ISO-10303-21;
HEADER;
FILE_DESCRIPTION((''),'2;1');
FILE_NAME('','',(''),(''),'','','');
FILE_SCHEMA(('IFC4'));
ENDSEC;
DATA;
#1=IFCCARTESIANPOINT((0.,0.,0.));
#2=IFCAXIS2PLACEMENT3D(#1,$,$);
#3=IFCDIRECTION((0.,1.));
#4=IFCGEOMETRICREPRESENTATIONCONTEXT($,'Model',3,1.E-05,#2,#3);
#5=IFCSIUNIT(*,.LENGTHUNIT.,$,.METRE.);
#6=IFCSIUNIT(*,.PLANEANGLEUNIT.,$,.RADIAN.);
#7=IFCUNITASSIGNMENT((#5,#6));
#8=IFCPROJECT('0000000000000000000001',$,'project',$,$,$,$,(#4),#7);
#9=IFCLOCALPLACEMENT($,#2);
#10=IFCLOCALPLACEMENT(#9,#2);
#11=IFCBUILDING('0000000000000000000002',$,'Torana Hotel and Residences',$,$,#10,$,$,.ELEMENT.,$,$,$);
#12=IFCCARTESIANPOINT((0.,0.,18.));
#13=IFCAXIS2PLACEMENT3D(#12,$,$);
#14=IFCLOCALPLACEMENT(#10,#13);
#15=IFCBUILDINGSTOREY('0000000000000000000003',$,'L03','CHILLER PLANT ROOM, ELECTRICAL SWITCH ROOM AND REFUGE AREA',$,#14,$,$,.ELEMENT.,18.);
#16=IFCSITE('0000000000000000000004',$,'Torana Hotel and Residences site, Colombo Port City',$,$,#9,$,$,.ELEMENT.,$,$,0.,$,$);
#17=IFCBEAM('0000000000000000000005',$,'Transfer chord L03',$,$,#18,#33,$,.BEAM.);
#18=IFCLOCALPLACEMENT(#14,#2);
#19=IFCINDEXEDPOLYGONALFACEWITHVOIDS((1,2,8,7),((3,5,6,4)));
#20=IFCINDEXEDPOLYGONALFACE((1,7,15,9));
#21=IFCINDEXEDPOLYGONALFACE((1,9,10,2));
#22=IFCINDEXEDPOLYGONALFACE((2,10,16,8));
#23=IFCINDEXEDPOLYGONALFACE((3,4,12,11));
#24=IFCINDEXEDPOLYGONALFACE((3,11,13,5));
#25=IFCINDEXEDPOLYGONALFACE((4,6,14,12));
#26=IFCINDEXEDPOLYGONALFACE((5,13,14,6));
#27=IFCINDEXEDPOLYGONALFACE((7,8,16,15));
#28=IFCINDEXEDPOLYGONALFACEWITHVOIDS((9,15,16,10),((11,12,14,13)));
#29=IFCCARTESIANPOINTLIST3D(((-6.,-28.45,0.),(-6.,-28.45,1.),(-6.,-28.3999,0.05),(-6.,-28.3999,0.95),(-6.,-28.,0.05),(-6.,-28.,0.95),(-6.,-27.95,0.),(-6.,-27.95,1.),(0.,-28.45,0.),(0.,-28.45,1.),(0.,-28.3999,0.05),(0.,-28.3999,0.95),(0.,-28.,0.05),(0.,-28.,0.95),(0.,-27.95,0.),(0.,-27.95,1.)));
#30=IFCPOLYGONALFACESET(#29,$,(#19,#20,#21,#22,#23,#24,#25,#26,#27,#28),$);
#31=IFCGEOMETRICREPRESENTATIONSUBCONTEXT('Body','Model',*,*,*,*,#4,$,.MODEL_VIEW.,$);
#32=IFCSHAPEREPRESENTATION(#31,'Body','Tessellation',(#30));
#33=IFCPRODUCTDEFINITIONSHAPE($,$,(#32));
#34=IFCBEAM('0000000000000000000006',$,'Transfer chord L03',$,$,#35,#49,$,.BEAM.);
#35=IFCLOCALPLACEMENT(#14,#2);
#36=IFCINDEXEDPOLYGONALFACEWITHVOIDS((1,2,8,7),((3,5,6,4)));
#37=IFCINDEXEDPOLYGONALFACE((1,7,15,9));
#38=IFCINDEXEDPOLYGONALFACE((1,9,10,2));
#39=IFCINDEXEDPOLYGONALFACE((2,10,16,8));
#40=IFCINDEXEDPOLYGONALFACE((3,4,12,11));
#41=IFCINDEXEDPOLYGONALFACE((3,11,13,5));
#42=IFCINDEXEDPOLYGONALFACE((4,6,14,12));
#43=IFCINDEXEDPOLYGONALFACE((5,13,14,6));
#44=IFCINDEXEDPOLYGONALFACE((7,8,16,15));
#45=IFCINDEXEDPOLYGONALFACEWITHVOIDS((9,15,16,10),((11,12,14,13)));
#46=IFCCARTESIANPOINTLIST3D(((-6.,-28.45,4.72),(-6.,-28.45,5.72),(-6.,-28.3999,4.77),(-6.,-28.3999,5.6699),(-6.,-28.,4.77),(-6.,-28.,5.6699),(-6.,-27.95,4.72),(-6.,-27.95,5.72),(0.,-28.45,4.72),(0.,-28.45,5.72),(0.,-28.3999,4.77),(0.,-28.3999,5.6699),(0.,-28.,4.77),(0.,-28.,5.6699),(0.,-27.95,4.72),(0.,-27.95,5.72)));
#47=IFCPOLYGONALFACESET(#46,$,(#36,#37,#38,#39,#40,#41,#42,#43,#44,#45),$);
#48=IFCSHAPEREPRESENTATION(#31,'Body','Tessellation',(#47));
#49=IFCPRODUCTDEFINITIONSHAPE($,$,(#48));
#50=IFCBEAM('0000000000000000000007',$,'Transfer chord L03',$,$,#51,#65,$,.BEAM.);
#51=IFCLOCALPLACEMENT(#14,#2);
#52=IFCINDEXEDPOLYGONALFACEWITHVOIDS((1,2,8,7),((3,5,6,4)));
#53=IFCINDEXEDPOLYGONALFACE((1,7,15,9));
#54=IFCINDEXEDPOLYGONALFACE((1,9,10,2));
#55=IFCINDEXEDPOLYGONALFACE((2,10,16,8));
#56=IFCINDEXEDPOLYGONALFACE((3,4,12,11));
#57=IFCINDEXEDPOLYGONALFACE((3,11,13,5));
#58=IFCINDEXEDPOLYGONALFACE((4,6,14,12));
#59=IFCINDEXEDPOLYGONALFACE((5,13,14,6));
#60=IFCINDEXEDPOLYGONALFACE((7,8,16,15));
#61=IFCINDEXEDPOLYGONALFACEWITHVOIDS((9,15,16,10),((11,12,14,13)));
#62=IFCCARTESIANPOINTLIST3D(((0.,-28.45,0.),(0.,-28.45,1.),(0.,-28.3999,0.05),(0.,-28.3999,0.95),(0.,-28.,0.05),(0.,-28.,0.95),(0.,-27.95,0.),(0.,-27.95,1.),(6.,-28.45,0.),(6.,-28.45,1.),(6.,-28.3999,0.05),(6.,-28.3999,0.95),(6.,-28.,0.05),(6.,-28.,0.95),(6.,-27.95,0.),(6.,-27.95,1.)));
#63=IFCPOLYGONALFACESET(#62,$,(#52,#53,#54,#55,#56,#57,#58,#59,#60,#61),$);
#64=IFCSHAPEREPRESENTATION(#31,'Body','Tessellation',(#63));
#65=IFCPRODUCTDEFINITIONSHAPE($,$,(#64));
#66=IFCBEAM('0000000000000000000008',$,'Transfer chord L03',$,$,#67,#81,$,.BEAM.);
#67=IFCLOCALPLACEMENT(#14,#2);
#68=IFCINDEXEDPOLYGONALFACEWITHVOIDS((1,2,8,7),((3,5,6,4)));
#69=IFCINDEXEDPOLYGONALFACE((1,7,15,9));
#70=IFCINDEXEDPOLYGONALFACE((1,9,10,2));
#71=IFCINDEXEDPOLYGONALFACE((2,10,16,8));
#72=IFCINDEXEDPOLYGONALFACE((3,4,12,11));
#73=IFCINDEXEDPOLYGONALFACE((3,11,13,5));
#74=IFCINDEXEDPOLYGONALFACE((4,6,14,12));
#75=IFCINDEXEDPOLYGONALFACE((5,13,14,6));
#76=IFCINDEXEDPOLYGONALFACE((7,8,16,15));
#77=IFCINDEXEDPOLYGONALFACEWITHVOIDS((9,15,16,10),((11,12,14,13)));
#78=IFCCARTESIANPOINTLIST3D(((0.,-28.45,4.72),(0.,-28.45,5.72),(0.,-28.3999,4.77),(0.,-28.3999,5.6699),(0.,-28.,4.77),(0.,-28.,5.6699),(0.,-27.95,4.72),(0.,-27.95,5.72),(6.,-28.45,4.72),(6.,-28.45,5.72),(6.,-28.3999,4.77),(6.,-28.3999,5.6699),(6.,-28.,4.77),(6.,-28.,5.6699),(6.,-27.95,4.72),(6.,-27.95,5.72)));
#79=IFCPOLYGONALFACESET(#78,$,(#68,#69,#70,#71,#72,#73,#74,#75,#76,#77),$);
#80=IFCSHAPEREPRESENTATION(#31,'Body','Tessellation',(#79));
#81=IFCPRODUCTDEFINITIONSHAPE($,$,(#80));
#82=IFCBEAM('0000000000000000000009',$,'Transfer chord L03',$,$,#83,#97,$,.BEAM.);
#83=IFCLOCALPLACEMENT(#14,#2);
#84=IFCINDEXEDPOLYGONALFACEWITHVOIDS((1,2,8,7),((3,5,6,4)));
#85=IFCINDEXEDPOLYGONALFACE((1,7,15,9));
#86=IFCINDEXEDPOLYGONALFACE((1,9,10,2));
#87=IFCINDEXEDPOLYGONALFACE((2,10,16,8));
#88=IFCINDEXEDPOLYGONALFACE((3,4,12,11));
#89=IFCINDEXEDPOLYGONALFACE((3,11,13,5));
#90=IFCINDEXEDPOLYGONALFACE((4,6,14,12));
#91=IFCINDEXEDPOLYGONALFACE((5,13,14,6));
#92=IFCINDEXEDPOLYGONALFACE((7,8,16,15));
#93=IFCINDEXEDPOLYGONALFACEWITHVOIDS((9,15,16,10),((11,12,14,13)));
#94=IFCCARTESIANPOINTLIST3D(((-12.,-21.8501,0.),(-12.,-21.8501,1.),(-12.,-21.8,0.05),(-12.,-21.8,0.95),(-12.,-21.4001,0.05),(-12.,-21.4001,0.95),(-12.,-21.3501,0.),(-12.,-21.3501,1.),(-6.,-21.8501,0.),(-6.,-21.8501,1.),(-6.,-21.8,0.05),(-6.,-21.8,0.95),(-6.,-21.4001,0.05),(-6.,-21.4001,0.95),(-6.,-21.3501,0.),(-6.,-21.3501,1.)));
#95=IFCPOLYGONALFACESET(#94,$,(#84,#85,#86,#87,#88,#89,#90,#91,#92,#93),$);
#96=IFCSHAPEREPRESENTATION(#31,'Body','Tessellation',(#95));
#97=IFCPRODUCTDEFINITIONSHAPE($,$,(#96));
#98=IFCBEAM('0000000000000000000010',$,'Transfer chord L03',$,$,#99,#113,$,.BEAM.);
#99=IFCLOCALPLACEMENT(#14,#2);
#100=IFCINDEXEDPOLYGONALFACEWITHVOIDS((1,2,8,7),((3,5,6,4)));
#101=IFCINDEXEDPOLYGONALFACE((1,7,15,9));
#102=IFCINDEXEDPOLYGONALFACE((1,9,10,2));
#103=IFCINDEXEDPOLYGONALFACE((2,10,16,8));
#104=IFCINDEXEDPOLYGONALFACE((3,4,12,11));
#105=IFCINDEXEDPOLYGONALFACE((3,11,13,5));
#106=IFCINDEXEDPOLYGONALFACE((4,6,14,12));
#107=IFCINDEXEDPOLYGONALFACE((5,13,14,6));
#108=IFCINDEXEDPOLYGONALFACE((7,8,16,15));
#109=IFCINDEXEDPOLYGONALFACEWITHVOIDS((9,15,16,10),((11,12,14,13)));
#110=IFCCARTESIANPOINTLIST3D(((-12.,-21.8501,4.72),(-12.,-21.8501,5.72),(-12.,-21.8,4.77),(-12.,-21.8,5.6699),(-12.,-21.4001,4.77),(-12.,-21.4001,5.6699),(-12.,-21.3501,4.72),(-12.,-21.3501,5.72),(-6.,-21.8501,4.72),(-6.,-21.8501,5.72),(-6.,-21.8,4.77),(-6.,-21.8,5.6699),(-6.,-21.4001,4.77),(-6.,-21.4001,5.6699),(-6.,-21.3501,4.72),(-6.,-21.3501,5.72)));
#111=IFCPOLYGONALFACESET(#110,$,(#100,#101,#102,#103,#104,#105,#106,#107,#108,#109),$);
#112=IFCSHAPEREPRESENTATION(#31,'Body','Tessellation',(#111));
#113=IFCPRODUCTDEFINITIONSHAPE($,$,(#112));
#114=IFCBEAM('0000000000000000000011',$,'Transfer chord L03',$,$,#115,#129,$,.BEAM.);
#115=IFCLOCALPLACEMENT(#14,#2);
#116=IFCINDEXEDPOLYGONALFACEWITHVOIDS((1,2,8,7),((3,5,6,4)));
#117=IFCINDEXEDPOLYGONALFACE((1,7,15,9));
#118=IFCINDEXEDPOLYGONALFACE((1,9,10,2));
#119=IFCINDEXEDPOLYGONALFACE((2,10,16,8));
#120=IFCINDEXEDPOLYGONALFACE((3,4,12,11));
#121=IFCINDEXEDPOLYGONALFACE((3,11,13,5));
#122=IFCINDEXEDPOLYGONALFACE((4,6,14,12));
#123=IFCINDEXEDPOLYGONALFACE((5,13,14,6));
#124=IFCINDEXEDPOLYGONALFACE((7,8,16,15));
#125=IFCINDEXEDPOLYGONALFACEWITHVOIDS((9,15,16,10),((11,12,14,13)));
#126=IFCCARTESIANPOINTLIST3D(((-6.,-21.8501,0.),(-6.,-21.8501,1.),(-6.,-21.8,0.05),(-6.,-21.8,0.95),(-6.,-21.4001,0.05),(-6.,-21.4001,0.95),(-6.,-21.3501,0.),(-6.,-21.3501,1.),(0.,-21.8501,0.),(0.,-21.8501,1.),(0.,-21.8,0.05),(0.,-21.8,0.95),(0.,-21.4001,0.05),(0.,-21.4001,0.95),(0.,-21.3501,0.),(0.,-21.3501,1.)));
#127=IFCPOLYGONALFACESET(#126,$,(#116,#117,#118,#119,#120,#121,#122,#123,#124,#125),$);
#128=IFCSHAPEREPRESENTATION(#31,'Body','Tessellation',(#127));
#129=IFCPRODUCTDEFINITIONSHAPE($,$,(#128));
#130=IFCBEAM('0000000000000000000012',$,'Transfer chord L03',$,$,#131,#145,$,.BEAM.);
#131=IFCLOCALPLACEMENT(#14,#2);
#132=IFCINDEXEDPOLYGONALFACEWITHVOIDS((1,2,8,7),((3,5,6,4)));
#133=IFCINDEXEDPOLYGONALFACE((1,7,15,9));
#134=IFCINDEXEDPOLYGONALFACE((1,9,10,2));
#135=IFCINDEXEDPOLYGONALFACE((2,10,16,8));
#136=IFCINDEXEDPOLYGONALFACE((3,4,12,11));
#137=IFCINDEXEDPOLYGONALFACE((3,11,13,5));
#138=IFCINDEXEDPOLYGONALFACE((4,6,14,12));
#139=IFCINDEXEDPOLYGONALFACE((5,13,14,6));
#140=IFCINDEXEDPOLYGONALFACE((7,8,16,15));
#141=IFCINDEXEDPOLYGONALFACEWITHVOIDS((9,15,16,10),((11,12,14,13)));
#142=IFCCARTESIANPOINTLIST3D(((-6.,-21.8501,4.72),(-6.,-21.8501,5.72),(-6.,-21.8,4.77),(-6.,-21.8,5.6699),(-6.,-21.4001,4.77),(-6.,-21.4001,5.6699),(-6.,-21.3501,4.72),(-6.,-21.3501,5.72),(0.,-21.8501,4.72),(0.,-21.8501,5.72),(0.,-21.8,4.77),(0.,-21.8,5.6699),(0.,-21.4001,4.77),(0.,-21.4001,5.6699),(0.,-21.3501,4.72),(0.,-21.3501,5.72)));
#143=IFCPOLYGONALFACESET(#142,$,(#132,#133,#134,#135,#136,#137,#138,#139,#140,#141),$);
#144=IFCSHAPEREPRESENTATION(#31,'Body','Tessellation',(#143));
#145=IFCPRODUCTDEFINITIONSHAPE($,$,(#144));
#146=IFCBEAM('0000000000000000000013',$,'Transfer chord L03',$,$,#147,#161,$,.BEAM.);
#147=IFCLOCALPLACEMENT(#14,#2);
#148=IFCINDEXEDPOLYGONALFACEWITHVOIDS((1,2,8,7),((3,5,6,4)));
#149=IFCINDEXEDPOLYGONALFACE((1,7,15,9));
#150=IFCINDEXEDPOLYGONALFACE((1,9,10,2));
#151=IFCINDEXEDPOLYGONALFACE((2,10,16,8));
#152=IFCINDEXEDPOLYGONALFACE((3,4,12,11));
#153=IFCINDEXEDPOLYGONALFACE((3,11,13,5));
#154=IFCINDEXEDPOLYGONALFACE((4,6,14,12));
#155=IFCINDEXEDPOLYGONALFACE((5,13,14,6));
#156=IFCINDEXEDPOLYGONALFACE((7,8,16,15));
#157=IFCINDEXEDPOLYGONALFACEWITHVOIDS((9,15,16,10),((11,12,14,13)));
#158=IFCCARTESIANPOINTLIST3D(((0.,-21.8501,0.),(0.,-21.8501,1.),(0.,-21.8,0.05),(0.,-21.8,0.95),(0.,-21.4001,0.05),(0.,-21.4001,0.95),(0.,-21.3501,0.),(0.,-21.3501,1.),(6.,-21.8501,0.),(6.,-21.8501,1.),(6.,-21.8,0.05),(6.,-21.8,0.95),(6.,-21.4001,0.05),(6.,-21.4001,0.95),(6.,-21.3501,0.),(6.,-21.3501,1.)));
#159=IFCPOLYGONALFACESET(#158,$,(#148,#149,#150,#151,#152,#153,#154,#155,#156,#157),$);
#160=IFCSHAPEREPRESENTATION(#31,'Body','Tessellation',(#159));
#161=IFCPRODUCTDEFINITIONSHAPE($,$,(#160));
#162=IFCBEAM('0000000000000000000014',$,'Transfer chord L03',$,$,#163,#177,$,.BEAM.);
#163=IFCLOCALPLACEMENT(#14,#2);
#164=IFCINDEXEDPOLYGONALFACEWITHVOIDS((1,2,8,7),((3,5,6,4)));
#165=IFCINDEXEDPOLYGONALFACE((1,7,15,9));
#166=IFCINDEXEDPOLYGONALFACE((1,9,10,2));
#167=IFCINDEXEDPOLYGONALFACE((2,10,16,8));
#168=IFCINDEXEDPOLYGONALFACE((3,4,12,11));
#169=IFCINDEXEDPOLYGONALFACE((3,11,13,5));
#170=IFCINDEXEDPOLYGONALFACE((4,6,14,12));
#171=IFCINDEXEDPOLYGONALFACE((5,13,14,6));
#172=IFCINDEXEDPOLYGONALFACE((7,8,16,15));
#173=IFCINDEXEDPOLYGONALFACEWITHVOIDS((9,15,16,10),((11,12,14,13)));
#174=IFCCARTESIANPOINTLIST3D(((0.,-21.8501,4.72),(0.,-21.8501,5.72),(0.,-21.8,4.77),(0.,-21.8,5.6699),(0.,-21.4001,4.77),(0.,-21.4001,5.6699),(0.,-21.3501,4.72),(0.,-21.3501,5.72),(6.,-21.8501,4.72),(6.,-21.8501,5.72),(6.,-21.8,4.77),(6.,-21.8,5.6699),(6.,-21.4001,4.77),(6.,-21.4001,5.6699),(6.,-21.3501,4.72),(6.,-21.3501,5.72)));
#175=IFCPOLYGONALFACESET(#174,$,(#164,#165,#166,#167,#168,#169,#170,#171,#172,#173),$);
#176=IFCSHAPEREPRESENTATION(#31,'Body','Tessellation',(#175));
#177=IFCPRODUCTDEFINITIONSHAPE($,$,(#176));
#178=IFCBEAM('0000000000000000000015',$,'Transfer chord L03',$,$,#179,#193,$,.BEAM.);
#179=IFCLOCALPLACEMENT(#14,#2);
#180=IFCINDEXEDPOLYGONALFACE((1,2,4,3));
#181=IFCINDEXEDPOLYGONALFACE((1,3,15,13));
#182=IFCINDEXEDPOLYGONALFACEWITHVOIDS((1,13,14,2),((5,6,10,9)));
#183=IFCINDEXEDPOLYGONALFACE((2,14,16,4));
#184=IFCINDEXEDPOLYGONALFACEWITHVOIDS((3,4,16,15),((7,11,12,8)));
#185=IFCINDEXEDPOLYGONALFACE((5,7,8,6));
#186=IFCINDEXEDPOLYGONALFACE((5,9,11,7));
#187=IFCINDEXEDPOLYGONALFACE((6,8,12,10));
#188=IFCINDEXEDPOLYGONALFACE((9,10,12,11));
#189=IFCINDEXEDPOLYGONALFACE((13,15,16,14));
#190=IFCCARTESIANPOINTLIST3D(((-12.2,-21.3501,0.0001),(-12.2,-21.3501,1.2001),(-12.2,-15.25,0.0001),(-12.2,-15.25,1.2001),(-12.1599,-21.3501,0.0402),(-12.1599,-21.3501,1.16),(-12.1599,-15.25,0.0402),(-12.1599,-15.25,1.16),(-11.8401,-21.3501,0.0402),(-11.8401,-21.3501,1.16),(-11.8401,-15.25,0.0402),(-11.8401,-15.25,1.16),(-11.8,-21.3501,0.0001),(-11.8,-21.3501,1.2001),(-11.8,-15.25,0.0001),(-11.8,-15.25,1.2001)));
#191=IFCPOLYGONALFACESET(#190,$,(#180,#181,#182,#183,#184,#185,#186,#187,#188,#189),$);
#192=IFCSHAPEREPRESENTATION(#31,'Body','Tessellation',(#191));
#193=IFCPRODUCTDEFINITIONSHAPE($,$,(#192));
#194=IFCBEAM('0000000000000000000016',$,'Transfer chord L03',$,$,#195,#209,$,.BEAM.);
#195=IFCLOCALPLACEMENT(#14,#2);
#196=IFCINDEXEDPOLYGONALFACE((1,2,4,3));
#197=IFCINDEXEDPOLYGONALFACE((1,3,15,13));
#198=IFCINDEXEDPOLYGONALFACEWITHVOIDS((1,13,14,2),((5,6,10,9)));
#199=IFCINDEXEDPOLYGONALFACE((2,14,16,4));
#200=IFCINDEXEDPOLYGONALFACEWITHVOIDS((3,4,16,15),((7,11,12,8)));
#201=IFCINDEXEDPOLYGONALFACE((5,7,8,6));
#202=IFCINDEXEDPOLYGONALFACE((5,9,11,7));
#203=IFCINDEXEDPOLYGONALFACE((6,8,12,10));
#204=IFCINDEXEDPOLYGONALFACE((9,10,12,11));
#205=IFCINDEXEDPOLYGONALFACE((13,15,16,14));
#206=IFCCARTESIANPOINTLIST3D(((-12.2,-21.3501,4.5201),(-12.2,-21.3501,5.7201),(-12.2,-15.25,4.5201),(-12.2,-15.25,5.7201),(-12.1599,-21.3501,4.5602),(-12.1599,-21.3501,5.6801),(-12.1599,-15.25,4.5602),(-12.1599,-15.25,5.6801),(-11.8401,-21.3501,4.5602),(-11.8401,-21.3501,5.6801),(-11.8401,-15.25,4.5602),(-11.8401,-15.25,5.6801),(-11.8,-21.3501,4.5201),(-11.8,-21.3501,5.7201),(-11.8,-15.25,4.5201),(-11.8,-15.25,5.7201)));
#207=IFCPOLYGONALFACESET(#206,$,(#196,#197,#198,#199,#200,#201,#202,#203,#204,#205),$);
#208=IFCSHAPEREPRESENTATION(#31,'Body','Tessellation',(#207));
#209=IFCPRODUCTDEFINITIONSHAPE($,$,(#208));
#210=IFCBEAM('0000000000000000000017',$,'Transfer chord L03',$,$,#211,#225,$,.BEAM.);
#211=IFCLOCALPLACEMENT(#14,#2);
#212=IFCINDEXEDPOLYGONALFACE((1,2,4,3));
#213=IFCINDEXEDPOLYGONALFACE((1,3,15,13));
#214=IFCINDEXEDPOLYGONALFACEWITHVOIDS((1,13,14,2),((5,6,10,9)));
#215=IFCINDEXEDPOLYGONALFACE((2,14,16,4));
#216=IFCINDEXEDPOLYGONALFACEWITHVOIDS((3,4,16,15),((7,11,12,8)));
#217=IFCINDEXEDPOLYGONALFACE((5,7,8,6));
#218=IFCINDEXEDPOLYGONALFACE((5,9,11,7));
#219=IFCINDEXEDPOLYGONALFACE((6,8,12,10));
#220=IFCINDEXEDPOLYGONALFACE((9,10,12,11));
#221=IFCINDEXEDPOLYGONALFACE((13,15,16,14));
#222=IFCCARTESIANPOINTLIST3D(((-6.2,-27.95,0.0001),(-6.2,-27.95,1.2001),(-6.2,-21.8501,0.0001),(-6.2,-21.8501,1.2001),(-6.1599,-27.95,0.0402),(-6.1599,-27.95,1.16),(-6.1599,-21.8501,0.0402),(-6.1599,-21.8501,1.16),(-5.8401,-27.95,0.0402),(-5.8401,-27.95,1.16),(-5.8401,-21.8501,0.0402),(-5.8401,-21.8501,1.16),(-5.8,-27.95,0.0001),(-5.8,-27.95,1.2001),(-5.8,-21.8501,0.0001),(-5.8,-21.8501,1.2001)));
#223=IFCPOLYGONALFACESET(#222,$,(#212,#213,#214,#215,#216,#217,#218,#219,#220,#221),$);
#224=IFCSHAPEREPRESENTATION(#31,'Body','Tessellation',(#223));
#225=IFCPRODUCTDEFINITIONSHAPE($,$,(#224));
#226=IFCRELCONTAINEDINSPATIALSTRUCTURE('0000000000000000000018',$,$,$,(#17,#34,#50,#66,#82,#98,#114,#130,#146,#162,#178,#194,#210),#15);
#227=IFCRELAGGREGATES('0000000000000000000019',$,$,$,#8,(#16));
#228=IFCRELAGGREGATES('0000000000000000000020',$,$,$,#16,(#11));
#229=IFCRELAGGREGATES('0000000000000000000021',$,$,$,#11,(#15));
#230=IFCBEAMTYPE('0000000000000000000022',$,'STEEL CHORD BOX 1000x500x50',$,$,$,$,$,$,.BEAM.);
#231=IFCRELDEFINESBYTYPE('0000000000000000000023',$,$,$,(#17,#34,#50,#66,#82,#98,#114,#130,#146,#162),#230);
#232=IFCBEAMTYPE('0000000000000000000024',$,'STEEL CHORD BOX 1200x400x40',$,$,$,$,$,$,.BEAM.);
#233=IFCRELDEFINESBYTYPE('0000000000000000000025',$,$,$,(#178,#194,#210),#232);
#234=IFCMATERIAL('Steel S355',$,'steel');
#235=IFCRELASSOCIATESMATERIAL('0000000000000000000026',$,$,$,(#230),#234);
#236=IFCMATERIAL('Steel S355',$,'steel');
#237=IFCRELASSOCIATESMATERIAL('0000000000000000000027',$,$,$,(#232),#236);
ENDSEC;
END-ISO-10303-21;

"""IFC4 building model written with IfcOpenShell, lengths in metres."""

from ifc_helpers import new_model, si_unit, direction, frame, origin, origin_2d, place, context, subcontext, project, spatial, hollow_rectangle, extrude, material, material_profile, profile_set, type_object, element, save


model = new_model("IFC4")

# Units and contexts
model_context = context("Model", 3, precision=1e-05, world=origin(), true_north=direction((0.0, 1.0)))
body_context = subcontext(model_context, "Body", "Model", "MODEL_VIEW")
ifc_project = project(units=[si_unit("LENGTHUNIT", "METRE"), si_unit("PLANEANGLEUNIT", "RADIAN")], contexts=[model_context])

# Site, building, storey
site_placement = place(None, origin())
site = spatial("IfcSite", under=ifc_project, at=site_placement, Name="Torana Hotel and Residences site, Colombo Port City", CompositionType="ELEMENT", RefElevation=0.0)
building_placement = place(site_placement, origin())
building = spatial("IfcBuilding", under=site, at=building_placement, Name="Torana Hotel and Residences", CompositionType="ELEMENT")
storey_placement = place(building_placement, frame((0.0, 0.0, 18.0)))
storey = spatial("IfcBuildingStorey", under=building, at=storey_placement, Name="L03", Description="CHILLER PLANT ROOM, ELECTRICAL SWITCH ROOM AND REFUGE AREA", CompositionType="ELEMENT", Elevation=18.0)

# Beams
ifc_material_1 = material(Name="Steel S355", Category="steel")
ifc_material_profile_1 = material_profile(ifc_material_1, hollow_rectangle(XDim=0.5, YDim=1.0, WallThickness=0.05, at=origin_2d()), Name="BOX 1000x500x50")
ifc_profile_set_1 = profile_set([ifc_material_profile_1], Name="Steel S355")
beam_type_1 = type_object("IfcBeamType", Name="STEEL CHORD BOX 1000x500x50", PredefinedType="BEAM", material=ifc_profile_set_1)
for number, where, z_axis, x_axis, name in (
    (1, (-6.0, -28.2, 0.5), (1.0, 0.0, 0.0), (0.0, 1.0, 0.0), "Transfer chord L03"),
    (2, (-6.0, -28.2, 5.22), (1.0, 0.0, 0.0), (0.0, 1.0, 0.0), "Transfer chord L03"),
    (3, (0.0, -28.2, 0.5), (1.0, 0.0, 0.0), (0.0, 1.0, 0.0), "Transfer chord L03"),
    (4, (0.0, -28.2, 5.22), (1.0, 0.0, 0.0), (0.0, 1.0, 0.0), "Transfer chord L03"),
    (5, (-12.0, -21.6001, 0.5), (1.0, 0.0, 0.0), (0.0, 1.0, 0.0), "Transfer chord L03"),
    (6, (-12.0, -21.6001, 5.22), (1.0, 0.0, 0.0), (0.0, 1.0, 0.0), "Transfer chord L03"),
    (7, (-6.0, -21.6001, 0.5), (1.0, 0.0, 0.0), (0.0, 1.0, 0.0), "Transfer chord L03"),
    (8, (-6.0, -21.6001, 5.22), (1.0, 0.0, 0.0), (0.0, 1.0, 0.0), "Transfer chord L03"),
    (9, (0.0, -21.6001, 0.5), (1.0, 0.0, 0.0), (0.0, 1.0, 0.0), "Transfer chord L03"),
    (10, (0.0, -21.6001, 5.22), (1.0, 0.0, 0.0), (0.0, 1.0, 0.0), "Transfer chord L03"),
):
    element("IfcBeam", number, at=place(storey_placement, frame(where, z_axis=z_axis, x_axis=x_axis)), inside=storey, type_object=beam_type_1, Name=name, PredefinedType="BEAM", context=body_context, shape_type="SweptSolid", body=[
        extrude(hollow_rectangle(XDim=0.5, YDim=1.0, WallThickness=0.05, at=origin_2d()), origin(), (0.0, 0.0, 1.0), 6.0),
    ])
ifc_material_2 = material(Name="Steel S355", Category="steel")
ifc_material_profile_2 = material_profile(ifc_material_2, hollow_rectangle(XDim=0.3999, YDim=1.2, WallThickness=0.04, at=origin_2d()), Name="BOX 1200x400x40")
ifc_profile_set_2 = profile_set([ifc_material_profile_2], Name="Steel S355")
beam_type_2 = type_object("IfcBeamType", Name="STEEL CHORD BOX 1200x400x40", PredefinedType="BEAM", material=ifc_profile_set_2)
for number, where, z_axis, x_axis, name in (
    (11, (-12.0, -21.3501, 0.6001), (0.0, 1.0, 0.0), (-1.0, 0.0, 0.0), "Transfer chord L03"),
    (12, (-12.0, -21.3501, 5.1201), (0.0, 1.0, 0.0), (-1.0, 0.0, 0.0), "Transfer chord L03"),
):
    element("IfcBeam", number, at=place(storey_placement, frame(where, z_axis=z_axis, x_axis=x_axis)), inside=storey, type_object=beam_type_2, Name=name, PredefinedType="BEAM", context=body_context, shape_type="SweptSolid", body=[
        extrude(hollow_rectangle(XDim=0.3999, YDim=1.2, WallThickness=0.04, at=origin_2d()), origin(), (0.0, 0.0, 1.0), 6.1001),
    ])
for number, where, z_axis, x_axis, name in (
    (13, (-6.0, -27.95, 0.6001), (0.0, 1.0, 0.0), (-1.0, 0.0, 0.0), "Transfer chord L03"),
):
    element("IfcBeam", number, at=place(storey_placement, frame(where, z_axis=z_axis, x_axis=x_axis)), inside=storey, type_object=beam_type_2, Name=name, PredefinedType="BEAM", context=body_context, shape_type="SweptSolid", body=[
        extrude(hollow_rectangle(XDim=0.3999, YDim=1.2, WallThickness=0.04, at=origin_2d()), origin(), (0.0, 0.0, 1.0), 6.0999),
    ])

save(model, "model.ifc")
